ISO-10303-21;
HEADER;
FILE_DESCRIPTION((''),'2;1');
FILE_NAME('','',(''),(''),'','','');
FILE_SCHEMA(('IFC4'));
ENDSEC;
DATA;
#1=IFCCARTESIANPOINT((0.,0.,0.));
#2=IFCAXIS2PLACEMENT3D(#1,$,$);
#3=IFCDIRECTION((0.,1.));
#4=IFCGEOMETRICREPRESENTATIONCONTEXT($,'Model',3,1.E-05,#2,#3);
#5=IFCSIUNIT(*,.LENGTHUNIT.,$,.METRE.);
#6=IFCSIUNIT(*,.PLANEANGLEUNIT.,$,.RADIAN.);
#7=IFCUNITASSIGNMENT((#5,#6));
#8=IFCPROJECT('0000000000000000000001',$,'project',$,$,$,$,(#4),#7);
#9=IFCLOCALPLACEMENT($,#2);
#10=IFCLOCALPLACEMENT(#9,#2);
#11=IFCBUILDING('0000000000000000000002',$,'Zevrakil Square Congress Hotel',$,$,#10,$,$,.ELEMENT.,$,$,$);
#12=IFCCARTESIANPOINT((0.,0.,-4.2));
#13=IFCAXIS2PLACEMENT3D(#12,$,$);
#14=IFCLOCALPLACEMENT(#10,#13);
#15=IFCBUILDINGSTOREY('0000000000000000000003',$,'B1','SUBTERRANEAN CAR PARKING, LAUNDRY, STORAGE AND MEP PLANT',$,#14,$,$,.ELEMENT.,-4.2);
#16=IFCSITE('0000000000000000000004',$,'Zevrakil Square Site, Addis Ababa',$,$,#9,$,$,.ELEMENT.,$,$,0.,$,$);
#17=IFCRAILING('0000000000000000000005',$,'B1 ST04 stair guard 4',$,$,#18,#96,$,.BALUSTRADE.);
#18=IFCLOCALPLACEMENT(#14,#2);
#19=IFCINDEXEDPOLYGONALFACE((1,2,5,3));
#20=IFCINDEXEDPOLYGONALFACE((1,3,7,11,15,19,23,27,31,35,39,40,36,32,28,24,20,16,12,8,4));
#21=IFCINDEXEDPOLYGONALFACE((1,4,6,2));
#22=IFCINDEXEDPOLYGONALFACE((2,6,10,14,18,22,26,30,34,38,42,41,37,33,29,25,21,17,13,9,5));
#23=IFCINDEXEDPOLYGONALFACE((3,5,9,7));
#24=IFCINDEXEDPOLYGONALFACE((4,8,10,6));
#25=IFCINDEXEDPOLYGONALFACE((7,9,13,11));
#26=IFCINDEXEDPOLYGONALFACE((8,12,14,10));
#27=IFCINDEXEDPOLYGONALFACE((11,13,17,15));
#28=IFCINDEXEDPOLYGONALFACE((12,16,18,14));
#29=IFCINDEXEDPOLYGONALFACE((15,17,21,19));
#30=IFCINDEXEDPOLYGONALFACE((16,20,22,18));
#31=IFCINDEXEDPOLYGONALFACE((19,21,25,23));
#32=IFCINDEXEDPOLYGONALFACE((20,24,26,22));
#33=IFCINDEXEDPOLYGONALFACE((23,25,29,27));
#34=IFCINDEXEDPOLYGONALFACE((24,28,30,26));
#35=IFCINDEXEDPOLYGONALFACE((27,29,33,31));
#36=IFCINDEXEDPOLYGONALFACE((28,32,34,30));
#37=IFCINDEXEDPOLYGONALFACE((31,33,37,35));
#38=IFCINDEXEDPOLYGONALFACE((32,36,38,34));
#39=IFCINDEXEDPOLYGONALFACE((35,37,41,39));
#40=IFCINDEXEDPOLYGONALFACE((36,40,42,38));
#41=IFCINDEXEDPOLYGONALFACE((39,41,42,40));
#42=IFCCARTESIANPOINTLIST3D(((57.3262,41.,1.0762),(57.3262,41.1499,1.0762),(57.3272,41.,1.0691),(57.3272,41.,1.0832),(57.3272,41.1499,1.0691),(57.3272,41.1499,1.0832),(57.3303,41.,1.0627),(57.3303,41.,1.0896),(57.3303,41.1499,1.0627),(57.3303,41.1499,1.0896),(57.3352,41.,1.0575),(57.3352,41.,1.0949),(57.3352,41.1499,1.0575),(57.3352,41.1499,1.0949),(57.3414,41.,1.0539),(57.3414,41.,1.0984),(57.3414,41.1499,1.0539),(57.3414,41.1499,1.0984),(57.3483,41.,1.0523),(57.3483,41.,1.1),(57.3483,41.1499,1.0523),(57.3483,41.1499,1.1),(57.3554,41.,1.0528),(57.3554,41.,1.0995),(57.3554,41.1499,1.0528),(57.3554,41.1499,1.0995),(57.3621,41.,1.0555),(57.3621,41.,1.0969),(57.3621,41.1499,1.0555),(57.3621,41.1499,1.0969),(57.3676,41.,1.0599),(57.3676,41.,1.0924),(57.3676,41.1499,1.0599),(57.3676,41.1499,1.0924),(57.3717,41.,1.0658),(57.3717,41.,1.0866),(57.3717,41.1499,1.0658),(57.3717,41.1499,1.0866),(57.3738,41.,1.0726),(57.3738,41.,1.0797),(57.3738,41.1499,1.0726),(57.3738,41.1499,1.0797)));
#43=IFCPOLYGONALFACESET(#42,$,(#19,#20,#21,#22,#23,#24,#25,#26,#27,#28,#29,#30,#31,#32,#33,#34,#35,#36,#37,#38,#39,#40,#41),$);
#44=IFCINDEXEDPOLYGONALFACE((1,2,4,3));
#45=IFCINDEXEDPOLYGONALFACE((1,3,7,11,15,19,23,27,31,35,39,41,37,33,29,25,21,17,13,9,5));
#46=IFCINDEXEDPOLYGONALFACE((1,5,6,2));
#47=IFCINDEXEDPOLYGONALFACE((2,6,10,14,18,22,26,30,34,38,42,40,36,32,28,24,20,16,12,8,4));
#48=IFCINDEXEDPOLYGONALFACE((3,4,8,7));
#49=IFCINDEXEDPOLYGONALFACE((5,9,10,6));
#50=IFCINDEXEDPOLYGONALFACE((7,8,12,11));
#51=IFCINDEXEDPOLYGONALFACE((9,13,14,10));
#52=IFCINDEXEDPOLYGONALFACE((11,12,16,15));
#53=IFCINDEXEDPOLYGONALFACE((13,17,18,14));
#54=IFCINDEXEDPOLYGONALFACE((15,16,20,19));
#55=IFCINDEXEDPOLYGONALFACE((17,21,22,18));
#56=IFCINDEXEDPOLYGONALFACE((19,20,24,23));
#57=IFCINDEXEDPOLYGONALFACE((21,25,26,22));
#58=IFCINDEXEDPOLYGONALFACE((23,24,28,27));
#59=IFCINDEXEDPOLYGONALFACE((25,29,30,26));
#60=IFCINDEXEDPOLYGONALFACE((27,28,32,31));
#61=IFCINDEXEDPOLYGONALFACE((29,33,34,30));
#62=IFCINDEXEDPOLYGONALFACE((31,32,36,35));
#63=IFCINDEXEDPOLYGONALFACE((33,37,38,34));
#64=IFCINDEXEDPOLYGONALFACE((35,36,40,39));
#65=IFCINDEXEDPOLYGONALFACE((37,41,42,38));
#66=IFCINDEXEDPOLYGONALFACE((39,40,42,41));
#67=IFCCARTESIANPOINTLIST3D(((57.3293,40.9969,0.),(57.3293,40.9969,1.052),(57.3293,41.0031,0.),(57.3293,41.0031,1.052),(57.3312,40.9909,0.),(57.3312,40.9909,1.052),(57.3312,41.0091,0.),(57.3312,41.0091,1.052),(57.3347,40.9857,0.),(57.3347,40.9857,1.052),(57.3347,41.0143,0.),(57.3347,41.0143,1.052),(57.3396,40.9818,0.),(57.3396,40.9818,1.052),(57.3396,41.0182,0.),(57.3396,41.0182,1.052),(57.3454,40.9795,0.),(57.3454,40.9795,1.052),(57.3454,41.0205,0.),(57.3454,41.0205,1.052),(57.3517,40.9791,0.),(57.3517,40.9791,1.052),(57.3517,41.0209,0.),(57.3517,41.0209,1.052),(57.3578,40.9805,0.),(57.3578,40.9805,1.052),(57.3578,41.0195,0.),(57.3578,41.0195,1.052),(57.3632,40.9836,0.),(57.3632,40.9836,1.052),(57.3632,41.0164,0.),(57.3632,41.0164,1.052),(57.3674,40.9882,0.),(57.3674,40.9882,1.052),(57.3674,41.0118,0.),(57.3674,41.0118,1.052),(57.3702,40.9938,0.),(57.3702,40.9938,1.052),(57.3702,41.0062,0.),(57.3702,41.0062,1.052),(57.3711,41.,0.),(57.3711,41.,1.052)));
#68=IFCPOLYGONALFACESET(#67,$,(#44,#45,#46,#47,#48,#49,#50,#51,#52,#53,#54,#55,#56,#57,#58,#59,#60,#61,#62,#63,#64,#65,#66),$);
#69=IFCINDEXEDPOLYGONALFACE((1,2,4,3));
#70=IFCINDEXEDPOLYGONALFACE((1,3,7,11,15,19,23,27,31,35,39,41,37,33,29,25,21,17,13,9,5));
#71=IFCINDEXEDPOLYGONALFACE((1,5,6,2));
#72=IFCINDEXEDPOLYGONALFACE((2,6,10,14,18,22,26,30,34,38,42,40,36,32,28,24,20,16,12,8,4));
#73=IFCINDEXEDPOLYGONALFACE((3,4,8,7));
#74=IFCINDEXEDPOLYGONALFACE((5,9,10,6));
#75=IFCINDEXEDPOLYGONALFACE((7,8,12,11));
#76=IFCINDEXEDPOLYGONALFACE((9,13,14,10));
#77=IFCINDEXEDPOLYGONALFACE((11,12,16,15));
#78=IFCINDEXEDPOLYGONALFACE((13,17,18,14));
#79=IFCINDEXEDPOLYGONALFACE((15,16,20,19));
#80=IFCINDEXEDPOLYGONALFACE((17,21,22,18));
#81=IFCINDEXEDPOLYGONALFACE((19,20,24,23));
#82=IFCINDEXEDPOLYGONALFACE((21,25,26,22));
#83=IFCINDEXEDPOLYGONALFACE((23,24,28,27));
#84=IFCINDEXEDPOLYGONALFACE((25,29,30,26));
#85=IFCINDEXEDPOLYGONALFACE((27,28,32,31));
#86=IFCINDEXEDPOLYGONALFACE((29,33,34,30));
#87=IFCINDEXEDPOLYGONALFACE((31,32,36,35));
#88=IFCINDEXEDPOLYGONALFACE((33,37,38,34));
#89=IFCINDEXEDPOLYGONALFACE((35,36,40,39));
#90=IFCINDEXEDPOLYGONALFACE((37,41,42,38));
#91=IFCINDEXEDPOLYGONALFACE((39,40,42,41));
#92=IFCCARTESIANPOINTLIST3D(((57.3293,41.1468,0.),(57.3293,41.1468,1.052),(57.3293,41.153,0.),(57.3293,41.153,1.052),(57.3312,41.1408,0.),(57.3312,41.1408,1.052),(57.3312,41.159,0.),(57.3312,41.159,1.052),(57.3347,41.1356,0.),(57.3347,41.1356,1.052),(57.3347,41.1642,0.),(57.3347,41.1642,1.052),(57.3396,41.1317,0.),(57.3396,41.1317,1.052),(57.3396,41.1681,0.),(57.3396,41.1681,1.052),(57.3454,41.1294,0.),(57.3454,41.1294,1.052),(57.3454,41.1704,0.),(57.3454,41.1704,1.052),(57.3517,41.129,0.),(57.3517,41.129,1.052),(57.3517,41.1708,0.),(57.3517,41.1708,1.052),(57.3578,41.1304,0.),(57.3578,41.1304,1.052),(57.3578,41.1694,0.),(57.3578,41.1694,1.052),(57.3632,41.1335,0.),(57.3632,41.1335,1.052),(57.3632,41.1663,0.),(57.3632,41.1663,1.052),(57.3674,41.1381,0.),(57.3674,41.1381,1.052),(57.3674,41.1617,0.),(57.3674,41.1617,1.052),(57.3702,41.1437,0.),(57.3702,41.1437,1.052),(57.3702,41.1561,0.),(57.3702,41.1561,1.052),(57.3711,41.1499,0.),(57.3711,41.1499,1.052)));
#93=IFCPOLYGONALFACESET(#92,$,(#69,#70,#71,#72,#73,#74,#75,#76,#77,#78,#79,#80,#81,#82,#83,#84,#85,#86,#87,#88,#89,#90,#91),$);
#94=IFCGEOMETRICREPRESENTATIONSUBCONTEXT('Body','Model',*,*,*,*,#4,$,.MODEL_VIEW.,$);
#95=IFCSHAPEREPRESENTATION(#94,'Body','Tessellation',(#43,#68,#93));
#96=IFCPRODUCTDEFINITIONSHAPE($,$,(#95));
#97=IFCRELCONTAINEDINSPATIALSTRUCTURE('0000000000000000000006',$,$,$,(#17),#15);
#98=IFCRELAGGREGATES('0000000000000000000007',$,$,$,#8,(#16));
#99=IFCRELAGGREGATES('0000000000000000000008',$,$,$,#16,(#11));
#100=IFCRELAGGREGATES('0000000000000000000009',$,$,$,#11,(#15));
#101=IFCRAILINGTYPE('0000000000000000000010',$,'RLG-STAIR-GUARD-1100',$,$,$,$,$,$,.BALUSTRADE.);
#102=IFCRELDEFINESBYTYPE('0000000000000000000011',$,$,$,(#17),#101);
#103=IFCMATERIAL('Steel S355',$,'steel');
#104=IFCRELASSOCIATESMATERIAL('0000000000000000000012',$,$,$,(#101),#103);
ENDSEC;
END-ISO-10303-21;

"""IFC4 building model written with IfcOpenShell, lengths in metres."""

from ifc_helpers import new_model, si_unit, direction, frame, origin, origin_2d, place, context, subcontext, project, spatial, circle, extrude, material, type_object, element, save


model = new_model("IFC4")

# Units and contexts
model_context = context("Model", 3, precision=1e-05, world=origin(), true_north=direction((0.0, 1.0)))
body_context = subcontext(model_context, "Body", "Model", "MODEL_VIEW")
ifc_project = project(units=[si_unit("LENGTHUNIT", "METRE"), si_unit("PLANEANGLEUNIT", "RADIAN")], contexts=[model_context])

# Site, building, storey
site_placement = place(None, origin())
site = spatial("IfcSite", under=ifc_project, at=site_placement, Name="Zevrakil Square Site, Addis Ababa", CompositionType="ELEMENT", RefElevation=0.0)
building_placement = place(site_placement, origin())
building = spatial("IfcBuilding", under=site, at=building_placement, Name="Zevrakil Square Congress Hotel", CompositionType="ELEMENT")
storey_placement = place(building_placement, frame((0.0, 0.0, -4.2)))
storey = spatial("IfcBuildingStorey", under=building, at=storey_placement, Name="B1", Description="SUBTERRANEAN CAR PARKING, LAUNDRY, STORAGE AND MEP PLANT", CompositionType="ELEMENT", Elevation=-4.2)

# Railing
ifc_material_1 = material(Name="Steel S355", Category="steel")
railing_type_1 = type_object("IfcRailingType", Name="RLG-STAIR-GUARD-1100", PredefinedType="BALUSTRADE", material=ifc_material_1)
railing_1_placement = place(storey_placement, frame((57.3501, 41.0, 0.0)))
element("IfcRailing", 1, at=railing_1_placement, inside=storey, type_object=railing_type_1, Name="B1 ST04 stair guard 4", PredefinedType="BALUSTRADE", context=body_context, shape_type="SweptSolid", body=[
    extrude(circle(Radius=0.0239, at=origin_2d()), frame((0.0, 0.0, 1.0762), z_axis=(0.0, 1.0, 0.0), x_axis=(-1.0, 0.0, 0.0)), (0.0, 0.0, 1.0), 0.1499),
    extrude(circle(Radius=0.021, at=origin_2d()), origin(), (0.0, 0.0, 1.0), 1.052),
    extrude(circle(Radius=0.021, at=origin_2d()), frame((0.0, 0.1499, 0.0)), (0.0, 0.0, 1.0), 1.052),
])

save(model, "model.ifc")
